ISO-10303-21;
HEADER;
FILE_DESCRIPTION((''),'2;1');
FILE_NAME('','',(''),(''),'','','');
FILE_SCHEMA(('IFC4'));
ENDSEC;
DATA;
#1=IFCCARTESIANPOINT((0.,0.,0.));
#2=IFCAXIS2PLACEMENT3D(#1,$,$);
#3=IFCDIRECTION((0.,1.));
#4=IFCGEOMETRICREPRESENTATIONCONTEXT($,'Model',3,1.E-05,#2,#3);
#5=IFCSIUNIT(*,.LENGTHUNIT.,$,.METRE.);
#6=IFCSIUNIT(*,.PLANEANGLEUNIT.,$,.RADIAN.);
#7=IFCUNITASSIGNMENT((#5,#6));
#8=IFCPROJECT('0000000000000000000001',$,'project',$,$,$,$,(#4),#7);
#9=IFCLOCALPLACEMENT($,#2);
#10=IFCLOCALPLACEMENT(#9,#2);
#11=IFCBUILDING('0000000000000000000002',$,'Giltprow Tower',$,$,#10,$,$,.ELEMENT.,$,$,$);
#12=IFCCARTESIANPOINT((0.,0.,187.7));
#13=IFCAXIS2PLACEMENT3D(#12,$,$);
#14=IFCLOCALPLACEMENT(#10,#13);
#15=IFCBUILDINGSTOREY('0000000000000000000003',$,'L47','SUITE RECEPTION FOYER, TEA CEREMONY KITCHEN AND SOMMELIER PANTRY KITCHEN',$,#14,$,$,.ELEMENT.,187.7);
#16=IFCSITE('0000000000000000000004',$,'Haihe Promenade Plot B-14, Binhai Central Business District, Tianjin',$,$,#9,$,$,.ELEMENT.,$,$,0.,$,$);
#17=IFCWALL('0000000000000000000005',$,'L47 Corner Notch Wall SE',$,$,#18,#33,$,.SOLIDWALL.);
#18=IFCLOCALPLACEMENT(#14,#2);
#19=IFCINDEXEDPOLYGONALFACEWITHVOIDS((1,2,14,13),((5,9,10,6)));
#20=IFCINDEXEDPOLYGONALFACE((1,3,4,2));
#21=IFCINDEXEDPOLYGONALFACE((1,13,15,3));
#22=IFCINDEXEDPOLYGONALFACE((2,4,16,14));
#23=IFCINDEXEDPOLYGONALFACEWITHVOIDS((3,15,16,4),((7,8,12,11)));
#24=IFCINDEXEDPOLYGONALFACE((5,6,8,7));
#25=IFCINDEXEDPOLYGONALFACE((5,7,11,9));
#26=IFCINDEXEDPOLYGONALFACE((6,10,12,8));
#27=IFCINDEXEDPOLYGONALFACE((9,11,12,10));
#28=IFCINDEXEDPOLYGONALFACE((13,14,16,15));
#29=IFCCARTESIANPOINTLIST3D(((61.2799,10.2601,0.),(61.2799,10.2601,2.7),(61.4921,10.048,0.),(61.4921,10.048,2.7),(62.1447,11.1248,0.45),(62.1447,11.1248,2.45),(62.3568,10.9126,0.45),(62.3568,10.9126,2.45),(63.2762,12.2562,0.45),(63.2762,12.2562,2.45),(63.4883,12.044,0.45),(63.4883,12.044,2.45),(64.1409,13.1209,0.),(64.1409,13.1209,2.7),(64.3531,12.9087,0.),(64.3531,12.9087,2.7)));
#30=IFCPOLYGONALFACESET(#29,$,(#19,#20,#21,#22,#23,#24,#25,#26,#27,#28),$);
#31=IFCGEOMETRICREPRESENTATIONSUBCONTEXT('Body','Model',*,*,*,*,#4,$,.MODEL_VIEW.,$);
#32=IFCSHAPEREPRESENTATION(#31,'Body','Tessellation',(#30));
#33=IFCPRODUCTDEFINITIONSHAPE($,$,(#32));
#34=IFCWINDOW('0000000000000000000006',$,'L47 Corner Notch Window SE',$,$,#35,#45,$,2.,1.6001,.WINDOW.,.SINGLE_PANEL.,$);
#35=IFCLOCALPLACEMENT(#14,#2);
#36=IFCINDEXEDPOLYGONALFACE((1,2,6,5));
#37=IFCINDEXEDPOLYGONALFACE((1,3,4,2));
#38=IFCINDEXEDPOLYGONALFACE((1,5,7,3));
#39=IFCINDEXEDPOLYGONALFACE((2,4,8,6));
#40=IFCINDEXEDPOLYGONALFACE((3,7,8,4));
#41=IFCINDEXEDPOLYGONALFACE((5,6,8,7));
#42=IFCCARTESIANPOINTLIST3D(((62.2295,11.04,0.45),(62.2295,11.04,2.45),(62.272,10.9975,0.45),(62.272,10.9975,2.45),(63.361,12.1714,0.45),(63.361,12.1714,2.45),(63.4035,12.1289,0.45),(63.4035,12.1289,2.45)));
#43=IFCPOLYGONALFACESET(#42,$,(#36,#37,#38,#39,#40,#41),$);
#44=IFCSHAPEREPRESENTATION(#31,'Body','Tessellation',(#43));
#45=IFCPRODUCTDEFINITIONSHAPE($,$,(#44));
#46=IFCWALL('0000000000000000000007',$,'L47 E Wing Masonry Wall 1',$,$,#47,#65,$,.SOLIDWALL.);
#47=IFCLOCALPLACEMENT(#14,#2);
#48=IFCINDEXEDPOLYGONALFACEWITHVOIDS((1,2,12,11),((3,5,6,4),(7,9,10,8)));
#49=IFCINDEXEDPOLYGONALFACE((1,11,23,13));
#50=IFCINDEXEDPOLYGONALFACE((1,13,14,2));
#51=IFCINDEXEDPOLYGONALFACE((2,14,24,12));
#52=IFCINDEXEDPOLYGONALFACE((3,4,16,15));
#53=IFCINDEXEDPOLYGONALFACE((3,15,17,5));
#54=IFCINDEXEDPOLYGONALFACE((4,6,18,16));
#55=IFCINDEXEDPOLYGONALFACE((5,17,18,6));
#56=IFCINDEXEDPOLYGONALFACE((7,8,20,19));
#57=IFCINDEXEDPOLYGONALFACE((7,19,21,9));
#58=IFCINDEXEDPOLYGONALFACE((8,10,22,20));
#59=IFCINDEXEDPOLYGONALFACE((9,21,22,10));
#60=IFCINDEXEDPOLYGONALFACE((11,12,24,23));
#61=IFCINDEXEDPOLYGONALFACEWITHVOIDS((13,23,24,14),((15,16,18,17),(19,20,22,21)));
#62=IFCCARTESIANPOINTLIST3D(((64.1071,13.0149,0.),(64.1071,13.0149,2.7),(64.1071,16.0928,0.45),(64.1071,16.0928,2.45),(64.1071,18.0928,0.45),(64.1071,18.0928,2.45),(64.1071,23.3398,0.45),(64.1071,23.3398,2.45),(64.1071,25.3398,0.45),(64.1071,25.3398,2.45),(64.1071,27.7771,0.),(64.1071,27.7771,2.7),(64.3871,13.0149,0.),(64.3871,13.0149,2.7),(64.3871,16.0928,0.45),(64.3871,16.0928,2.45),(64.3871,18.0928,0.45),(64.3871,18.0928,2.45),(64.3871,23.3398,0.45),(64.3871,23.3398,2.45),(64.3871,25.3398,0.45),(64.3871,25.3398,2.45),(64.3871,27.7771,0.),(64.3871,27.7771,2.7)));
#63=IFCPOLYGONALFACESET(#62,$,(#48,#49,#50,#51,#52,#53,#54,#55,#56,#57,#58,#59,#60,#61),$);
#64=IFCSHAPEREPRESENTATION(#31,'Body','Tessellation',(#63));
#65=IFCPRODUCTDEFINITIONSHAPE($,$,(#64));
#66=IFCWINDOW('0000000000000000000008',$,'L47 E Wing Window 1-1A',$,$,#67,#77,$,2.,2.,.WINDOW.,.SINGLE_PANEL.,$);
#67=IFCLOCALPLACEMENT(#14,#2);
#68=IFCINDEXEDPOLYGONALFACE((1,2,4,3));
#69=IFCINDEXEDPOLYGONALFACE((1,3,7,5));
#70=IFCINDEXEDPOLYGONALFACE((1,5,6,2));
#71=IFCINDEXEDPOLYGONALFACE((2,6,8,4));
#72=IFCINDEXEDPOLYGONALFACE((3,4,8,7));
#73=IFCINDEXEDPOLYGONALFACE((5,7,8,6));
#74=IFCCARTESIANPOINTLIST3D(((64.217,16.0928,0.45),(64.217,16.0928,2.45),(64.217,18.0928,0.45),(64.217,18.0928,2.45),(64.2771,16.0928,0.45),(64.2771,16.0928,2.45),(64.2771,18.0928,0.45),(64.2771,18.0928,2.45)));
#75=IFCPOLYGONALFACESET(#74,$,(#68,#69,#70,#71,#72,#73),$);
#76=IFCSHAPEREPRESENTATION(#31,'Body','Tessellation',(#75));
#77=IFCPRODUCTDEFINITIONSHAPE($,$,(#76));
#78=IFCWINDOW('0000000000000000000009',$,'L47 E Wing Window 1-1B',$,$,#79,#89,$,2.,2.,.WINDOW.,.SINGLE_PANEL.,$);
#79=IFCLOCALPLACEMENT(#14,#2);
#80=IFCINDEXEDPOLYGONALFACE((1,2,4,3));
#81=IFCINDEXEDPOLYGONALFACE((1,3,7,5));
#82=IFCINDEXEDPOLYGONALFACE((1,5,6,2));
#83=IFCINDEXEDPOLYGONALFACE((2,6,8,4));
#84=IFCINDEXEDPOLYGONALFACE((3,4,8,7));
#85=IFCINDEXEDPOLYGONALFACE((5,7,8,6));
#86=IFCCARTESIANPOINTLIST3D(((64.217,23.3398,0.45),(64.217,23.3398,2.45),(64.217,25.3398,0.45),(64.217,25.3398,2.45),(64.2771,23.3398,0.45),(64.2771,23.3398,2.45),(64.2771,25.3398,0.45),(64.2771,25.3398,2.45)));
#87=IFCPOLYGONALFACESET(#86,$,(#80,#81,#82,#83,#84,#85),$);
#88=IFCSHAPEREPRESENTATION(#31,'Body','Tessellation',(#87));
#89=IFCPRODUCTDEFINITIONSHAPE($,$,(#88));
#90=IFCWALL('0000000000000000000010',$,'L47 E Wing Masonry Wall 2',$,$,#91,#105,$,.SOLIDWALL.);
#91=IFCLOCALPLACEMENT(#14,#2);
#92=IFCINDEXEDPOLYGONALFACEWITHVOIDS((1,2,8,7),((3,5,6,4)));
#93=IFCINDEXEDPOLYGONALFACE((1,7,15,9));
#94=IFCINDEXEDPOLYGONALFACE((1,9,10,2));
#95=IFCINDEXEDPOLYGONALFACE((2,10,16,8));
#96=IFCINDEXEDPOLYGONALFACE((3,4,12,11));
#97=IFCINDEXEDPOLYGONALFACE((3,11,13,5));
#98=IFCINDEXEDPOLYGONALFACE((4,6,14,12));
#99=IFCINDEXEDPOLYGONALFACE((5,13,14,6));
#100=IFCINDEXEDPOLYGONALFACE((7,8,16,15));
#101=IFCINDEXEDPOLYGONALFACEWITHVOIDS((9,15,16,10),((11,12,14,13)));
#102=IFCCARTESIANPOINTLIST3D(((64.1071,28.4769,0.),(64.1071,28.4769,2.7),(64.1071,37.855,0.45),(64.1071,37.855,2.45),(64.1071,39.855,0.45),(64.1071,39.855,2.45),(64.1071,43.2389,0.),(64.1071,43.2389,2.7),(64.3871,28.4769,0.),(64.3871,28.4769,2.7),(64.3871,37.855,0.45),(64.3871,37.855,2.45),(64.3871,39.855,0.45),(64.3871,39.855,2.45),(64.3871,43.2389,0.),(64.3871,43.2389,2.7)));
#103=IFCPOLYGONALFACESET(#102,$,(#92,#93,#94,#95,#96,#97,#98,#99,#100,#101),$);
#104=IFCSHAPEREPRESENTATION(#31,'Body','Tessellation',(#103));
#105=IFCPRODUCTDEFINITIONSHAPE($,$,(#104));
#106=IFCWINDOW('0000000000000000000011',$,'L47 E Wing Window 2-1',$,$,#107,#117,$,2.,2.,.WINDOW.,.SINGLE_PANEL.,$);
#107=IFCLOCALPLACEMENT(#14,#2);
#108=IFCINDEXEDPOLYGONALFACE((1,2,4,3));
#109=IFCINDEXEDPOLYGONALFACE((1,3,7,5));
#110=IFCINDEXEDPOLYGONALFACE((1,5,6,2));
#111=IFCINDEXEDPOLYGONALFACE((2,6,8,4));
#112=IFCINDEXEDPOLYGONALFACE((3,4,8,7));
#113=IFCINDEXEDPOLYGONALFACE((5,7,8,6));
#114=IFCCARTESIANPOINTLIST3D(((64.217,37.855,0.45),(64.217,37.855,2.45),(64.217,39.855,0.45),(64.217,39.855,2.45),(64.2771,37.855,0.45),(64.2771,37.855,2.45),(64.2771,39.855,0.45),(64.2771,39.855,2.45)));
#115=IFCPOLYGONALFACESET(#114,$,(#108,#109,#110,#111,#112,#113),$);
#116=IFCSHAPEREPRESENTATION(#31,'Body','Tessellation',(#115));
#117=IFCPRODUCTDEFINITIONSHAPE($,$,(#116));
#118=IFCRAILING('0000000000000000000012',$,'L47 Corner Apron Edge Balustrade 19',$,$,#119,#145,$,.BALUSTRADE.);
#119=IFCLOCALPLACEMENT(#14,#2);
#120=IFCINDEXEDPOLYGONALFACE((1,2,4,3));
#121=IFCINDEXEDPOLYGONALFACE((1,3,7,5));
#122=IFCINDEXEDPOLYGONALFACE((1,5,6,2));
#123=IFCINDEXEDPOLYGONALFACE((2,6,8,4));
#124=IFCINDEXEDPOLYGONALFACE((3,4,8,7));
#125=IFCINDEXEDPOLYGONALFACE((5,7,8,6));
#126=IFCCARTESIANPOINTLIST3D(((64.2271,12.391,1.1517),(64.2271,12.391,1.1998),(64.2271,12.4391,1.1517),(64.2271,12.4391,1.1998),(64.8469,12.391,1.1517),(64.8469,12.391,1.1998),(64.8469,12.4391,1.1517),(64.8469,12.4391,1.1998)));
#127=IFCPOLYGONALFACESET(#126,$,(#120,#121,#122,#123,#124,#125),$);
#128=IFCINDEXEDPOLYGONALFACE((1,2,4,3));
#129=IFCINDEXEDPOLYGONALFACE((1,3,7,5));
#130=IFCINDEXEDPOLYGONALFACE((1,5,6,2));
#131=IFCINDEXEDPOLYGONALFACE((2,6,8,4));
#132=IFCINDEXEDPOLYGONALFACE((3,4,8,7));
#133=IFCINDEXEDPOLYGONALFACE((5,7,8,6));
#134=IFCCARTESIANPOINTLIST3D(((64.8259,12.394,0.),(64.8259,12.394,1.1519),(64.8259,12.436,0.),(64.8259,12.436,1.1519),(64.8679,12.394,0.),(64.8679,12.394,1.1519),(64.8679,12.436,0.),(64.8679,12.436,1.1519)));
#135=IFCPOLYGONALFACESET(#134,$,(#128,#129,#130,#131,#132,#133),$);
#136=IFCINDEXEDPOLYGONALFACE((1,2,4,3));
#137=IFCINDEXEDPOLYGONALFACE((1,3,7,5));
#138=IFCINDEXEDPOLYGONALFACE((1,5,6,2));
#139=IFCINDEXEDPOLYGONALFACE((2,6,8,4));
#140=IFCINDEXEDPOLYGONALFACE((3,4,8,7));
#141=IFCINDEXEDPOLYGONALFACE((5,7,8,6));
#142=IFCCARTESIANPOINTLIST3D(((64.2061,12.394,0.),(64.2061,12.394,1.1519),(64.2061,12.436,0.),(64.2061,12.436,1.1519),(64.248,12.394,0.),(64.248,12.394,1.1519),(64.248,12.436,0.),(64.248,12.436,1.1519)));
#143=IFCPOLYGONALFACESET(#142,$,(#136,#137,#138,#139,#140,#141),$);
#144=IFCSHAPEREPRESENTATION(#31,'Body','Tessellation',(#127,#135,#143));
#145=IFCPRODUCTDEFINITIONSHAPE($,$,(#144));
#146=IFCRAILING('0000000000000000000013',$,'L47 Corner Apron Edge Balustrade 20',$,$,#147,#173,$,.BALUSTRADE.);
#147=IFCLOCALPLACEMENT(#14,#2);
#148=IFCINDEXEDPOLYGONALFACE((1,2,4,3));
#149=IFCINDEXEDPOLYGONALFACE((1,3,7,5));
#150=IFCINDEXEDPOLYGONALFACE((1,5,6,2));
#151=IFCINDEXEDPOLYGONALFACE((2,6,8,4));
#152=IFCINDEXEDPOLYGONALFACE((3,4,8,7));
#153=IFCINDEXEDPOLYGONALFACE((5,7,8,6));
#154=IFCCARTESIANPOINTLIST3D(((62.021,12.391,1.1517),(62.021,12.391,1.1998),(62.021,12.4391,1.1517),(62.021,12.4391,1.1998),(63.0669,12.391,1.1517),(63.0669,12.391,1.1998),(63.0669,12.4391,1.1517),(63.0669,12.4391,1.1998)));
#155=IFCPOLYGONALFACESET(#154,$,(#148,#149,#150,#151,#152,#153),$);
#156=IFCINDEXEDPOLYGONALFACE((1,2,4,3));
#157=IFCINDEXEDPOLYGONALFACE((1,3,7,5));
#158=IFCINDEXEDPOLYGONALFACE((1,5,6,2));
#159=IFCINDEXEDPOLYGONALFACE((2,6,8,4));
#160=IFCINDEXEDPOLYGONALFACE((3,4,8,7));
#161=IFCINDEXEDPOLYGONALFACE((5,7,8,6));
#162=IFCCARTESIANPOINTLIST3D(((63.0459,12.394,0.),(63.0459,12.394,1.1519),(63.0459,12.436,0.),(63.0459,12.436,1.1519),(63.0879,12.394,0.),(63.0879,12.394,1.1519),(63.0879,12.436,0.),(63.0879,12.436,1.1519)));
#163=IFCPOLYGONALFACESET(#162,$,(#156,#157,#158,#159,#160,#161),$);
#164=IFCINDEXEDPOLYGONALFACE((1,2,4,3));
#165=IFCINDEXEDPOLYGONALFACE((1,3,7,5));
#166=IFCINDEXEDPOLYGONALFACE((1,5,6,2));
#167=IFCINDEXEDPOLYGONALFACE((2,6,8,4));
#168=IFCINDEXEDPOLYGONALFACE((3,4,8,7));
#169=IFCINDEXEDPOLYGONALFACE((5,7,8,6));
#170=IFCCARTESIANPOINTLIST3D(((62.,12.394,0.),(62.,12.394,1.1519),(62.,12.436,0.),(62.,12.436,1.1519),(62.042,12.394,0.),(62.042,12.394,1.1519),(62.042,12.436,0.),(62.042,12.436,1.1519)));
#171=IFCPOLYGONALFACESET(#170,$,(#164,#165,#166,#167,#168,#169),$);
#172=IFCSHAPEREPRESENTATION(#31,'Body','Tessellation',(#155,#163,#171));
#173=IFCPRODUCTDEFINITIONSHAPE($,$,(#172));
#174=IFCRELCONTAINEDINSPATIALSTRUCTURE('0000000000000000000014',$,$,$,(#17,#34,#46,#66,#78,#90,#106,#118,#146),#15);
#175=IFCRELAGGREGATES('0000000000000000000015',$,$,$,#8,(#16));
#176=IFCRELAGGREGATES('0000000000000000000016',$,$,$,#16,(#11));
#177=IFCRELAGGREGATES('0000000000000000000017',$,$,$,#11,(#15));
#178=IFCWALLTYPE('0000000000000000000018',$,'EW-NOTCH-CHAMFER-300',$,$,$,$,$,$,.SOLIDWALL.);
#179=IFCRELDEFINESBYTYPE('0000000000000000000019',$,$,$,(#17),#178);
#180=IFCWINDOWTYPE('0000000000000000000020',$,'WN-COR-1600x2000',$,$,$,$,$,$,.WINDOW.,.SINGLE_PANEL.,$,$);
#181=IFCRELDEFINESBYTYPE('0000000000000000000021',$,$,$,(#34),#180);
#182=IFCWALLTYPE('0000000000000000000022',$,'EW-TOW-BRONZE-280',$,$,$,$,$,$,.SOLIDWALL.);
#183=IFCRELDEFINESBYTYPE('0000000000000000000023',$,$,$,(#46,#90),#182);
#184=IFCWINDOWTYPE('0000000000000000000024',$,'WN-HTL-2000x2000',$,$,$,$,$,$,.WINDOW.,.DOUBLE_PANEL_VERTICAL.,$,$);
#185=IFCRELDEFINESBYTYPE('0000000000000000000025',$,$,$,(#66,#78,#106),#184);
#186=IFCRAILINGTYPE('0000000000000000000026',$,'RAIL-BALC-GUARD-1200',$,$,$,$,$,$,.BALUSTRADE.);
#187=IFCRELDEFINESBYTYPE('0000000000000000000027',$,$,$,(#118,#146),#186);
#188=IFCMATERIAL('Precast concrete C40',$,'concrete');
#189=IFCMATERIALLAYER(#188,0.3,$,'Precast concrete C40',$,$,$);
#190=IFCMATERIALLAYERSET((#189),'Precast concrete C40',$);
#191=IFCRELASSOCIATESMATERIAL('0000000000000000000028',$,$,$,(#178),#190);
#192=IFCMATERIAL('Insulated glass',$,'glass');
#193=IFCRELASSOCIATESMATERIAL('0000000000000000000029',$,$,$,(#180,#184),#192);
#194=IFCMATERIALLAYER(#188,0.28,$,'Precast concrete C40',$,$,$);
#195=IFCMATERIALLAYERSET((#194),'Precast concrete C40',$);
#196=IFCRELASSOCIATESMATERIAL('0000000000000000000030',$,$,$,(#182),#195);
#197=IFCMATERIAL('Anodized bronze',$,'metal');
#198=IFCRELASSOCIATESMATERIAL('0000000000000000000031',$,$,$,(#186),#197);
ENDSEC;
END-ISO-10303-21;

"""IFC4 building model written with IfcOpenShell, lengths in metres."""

from ifc_helpers import new_model, si_unit, direction, frame, frame_2d, origin, origin_2d, place, context, subcontext, project, spatial, rectangle, extrude, source, transform, mapped, material, layer, layer_set, type_object, element, fill, save


model = new_model("IFC4")

# Units and contexts
model_context = context("Model", 3, precision=1e-05, world=origin(), true_north=direction((0.0, 1.0)))
body_context = subcontext(model_context, "Body", "Model", "MODEL_VIEW")
ifc_project = project(units=[si_unit("LENGTHUNIT", "METRE"), si_unit("PLANEANGLEUNIT", "RADIAN")], contexts=[model_context])

# Site, building, storey
site_placement = place(None, origin())
site = spatial("IfcSite", under=ifc_project, at=site_placement, Name="Haihe Promenade Plot B-14, Binhai Central Business District, Tianjin", CompositionType="ELEMENT", RefElevation=0.0)
building_placement = place(site_placement, origin())
building = spatial("IfcBuilding", under=site, at=building_placement, Name="Giltprow Tower", CompositionType="ELEMENT")
storey_placement = place(building_placement, frame((0.0, 0.0, 187.7)))
storey = spatial("IfcBuildingStorey", under=building, at=storey_placement, Name="L47", Description="SUITE RECEPTION FOYER, TEA CEREMONY KITCHEN AND SOMMELIER PANTRY KITCHEN", CompositionType="ELEMENT", Elevation=187.7)

# Shared definitions
ifc_material_1 = material(Name="Anodized bronze", Category="metal")

# Shared definitions
ifc_material_2 = material(Name="Insulated glass", Category="glass")

# Wall, opening, window
ifc_material_3 = material(Name="Precast concrete C40", Category="concrete")
ifc_layer_1 = layer(ifc_material_3, 0.3, Name="Precast concrete C40")
ifc_layer_set_1 = layer_set([ifc_layer_1], Name="Precast concrete C40")
wall_type_1 = type_object("IfcWallType", Name="EW-NOTCH-CHAMFER-300", PredefinedType="SOLIDWALL", material=ifc_layer_set_1)
wall_1_placement = place(storey_placement, frame((61.386, 10.1541, 0.0), z_axis=(0.0, 0.0, 1.0), x_axis=(0.707137, 0.707077, 0.0)))
wall_1 = element("IfcWall", 1, at=wall_1_placement, inside=storey, type_object=wall_type_1, Name="L47 Corner Notch Wall SE", PredefinedType="SOLIDWALL", context=body_context, shape_type="SweptSolid", body=[
    extrude(rectangle(XDim=4.0459, YDim=0.3, at=frame_2d((2.0229, 0.0))), origin(), (0.0, 0.0, 1.0), 2.7),
])
opening_1_placement = place(wall_1_placement, frame((1.2229, 0.0, 0.45)))
opening_1 = element("IfcOpeningElement", 2, at=opening_1_placement, cuts=wall_1, PredefinedType="OPENING", context=body_context, shape_type="SweptSolid", body=[
    extrude(rectangle(XDim=1.6001, YDim=2.0, at=frame_2d((0.8, 1.0))), frame((0.0, 0.1599, 0.0), z_axis=(0.0, -1.0, 0.0), x_axis=(1.0, 0.0, 0.0)), (0.0, 0.0, 1.0), 0.3201),
])
window_type_1 = type_object("IfcWindowType", Name="WN-COR-1600x2000", PartitioningType="SINGLE_PANEL", PredefinedType="WINDOW", material=ifc_material_2)
shared_shape_1 = source(origin(), body_context, "Body", "SweptSolid", [
    extrude(rectangle(XDim=1.6001, YDim=2.0, at=frame_2d((0.8, 1.0))), frame((0.0, 0.03, 0.0), z_axis=(0.0, -1.0, 0.0), x_axis=(1.0, 0.0, 0.0)), (0.0, 0.0, 1.0), 0.0601),
])
window_1_placement = place(opening_1_placement, origin())
window_1 = element("IfcWindow", 3, at=window_1_placement, inside=storey, type_object=window_type_1, Name="L47 Corner Notch Window SE", OverallHeight=2.0, OverallWidth=1.6001, PartitioningType="SINGLE_PANEL", PredefinedType="WINDOW", context=body_context, shape_type="MappedRepresentation", body=[
    mapped(shared_shape_1, transform((0.0, 0.0, 0.0), x_axis=(1.0, 0.0, 0.0), y_axis=(0.0, 1.0, 0.0), z_axis=(0.0, 0.0, 1.0), scale=1.0)),
])
fill(opening_1, window_1)

# Wall, openings, windows
ifc_layer_2 = layer(ifc_material_3, 0.28, Name="Precast concrete C40")
ifc_layer_set_2 = layer_set([ifc_layer_2], Name="Precast concrete C40")
wall_type_2 = type_object("IfcWallType", Name="EW-TOW-BRONZE-280", PredefinedType="SOLIDWALL", material=ifc_layer_set_2)
wall_2_placement = place(storey_placement, frame((64.2471, 13.0149, 0.0), z_axis=(0.0, 0.0, 1.0), x_axis=(0.0, 1.0, 0.0)))
wall_2 = element("IfcWall", 4, at=wall_2_placement, inside=storey, type_object=wall_type_2, Name="L47 E Wing Masonry Wall 1", PredefinedType="SOLIDWALL", context=body_context, shape_type="SweptSolid", body=[
    extrude(rectangle(XDim=14.7622, YDim=0.28, at=frame_2d((7.3811, 0.0))), origin(), (0.0, 0.0, 1.0), 2.7),
])
opening_2_placement = place(wall_2_placement, frame((3.0779, 0.0, 0.45)))
opening_2 = element("IfcOpeningElement", 5, at=opening_2_placement, cuts=wall_2, PredefinedType="OPENING", context=body_context, shape_type="SweptSolid", body=[
    extrude(rectangle(XDim=2.0, YDim=2.0, at=frame_2d((1.0, 1.0))), frame((0.0, 0.1499, 0.0), z_axis=(0.0, -1.0, 0.0), x_axis=(1.0, 0.0, 0.0)), (0.0, 0.0, 1.0), 0.3),
])
opening_3_placement = place(wall_2_placement, frame((10.325, 0.0, 0.45)))
opening_3 = element("IfcOpeningElement", 6, at=opening_3_placement, cuts=wall_2, PredefinedType="OPENING", context=body_context, shape_type="SweptSolid", body=[
    extrude(rectangle(XDim=2.0, YDim=2.0, at=frame_2d((1.0, 1.0))), frame((0.0, 0.1499, 0.0), z_axis=(0.0, -1.0, 0.0), x_axis=(1.0, 0.0, 0.0)), (0.0, 0.0, 1.0), 0.3),
])
window_type_2 = type_object("IfcWindowType", Name="WN-HTL-2000x2000", PartitioningType="DOUBLE_PANEL_VERTICAL", PredefinedType="WINDOW", material=ifc_material_2)
shared_shape_2 = source(origin(), body_context, "Body", "SweptSolid", [
    extrude(rectangle(XDim=2.0, YDim=2.0, at=frame_2d((1.0, 1.0))), frame((0.0, 0.03, 0.0), z_axis=(0.0, -1.0, 0.0), x_axis=(1.0, 0.0, 0.0)), (0.0, 0.0, 1.0), 0.0601),
])
window_2_placement = place(opening_2_placement, origin())
window_2 = element("IfcWindow", 7, at=window_2_placement, inside=storey, type_object=window_type_2, Name="L47 E Wing Window 1-1A", OverallHeight=2.0, OverallWidth=2.0, PartitioningType="SINGLE_PANEL", PredefinedType="WINDOW", context=body_context, shape_type="MappedRepresentation", body=[
    mapped(shared_shape_2, transform((0.0, 0.0, 0.0), x_axis=(1.0, 0.0, 0.0), y_axis=(0.0, 1.0, 0.0), z_axis=(0.0, 0.0, 1.0), scale=1.0)),
])
fill(opening_2, window_2)
window_3_placement = place(opening_3_placement, origin())
window_3 = element("IfcWindow", 8, at=window_3_placement, inside=storey, type_object=window_type_2, Name="L47 E Wing Window 1-1B", OverallHeight=2.0, OverallWidth=2.0, PartitioningType="SINGLE_PANEL", PredefinedType="WINDOW", context=body_context, shape_type="MappedRepresentation", body=[
    mapped(shared_shape_2, transform((0.0, 0.0, 0.0), x_axis=(1.0, 0.0, 0.0), y_axis=(0.0, 1.0, 0.0), z_axis=(0.0, 0.0, 1.0), scale=1.0)),
])
fill(opening_3, window_3)

# Wall, opening, window
wall_3_placement = place(storey_placement, frame((64.2471, 28.4771, 0.0), z_axis=(0.0, 0.0, 1.0), x_axis=(0.0, 1.0, 0.0)))
wall_3 = element("IfcWall", 9, at=wall_3_placement, inside=storey, type_object=wall_type_2, Name="L47 E Wing Masonry Wall 2", PredefinedType="SOLIDWALL", context=body_context, shape_type="SweptSolid", body=[
    extrude(rectangle(XDim=14.762, YDim=0.28, at=frame_2d((7.3809, 0.0))), origin(), (0.0, 0.0, 1.0), 2.7),
])
opening_4_placement = place(wall_3_placement, frame((9.3779, 0.0, 0.45)))
opening_4 = element("IfcOpeningElement", 10, at=opening_4_placement, cuts=wall_3, PredefinedType="OPENING", context=body_context, shape_type="SweptSolid", body=[
    extrude(rectangle(XDim=2.0, YDim=2.0, at=frame_2d((1.0, 1.0))), frame((0.0, 0.1499, 0.0), z_axis=(0.0, -1.0, 0.0), x_axis=(1.0, 0.0, 0.0)), (0.0, 0.0, 1.0), 0.3),
])
window_4_placement = place(opening_4_placement, origin())
window_4 = element("IfcWindow", 11, at=window_4_placement, inside=storey, type_object=window_type_2, Name="L47 E Wing Window 2-1", OverallHeight=2.0, OverallWidth=2.0, PartitioningType="SINGLE_PANEL", PredefinedType="WINDOW", context=body_context, shape_type="MappedRepresentation", body=[
    mapped(shared_shape_2, transform((0.0, 0.0, 0.0), x_axis=(1.0, 0.0, 0.0), y_axis=(0.0, 1.0, 0.0), z_axis=(0.0, 0.0, 1.0), scale=1.0)),
])
fill(opening_4, window_4)

# Railings
railing_type = type_object("IfcRailingType", Name="RAIL-BALC-GUARD-1200", PredefinedType="BALUSTRADE", material=ifc_material_1)
railing_1_placement = place(storey_placement, frame((64.8469, 12.415, 0.0)))
element("IfcRailing", 12, at=railing_1_placement, inside=storey, type_object=railing_type, Name="L47 Corner Apron Edge Balustrade 19", PredefinedType="BALUSTRADE", context=body_context, shape_type="SweptSolid", body=[
    extrude(rectangle(XDim=0.0481, YDim=0.0481, at=origin_2d()), frame((0.0, 0.0, 1.1758), z_axis=(-1.0, 0.0, 0.0), x_axis=(0.0, -1.0, 0.0)), (0.0, 0.0, 1.0), 0.6199),
    extrude(rectangle(XDim=0.042, YDim=0.042, at=origin_2d()), origin(), (0.0, 0.0, 1.0), 1.1519),
    extrude(rectangle(XDim=0.042, YDim=0.042, at=origin_2d()), frame((-0.6199, 0.0, 0.0)), (0.0, 0.0, 1.0), 1.1519),
])
railing_2_placement = place(storey_placement, frame((63.0669, 12.415, 0.0)))
element("IfcRailing", 13, at=railing_2_placement, inside=storey, type_object=railing_type, Name="L47 Corner Apron Edge Balustrade 20", PredefinedType="BALUSTRADE", context=body_context, shape_type="SweptSolid", body=[
    extrude(rectangle(XDim=0.0481, YDim=0.0481, at=origin_2d()), frame((0.0, 0.0, 1.1758), z_axis=(-1.0, 0.0, 0.0), x_axis=(0.0, -1.0, 0.0)), (0.0, 0.0, 1.0), 1.0459),
    extrude(rectangle(XDim=0.042, YDim=0.042, at=origin_2d()), origin(), (0.0, 0.0, 1.0), 1.1519),
    extrude(rectangle(XDim=0.042, YDim=0.042, at=origin_2d()), frame((-1.0459, 0.0, 0.0)), (0.0, 0.0, 1.0), 1.1519),
])

save(model, "model.ifc")
